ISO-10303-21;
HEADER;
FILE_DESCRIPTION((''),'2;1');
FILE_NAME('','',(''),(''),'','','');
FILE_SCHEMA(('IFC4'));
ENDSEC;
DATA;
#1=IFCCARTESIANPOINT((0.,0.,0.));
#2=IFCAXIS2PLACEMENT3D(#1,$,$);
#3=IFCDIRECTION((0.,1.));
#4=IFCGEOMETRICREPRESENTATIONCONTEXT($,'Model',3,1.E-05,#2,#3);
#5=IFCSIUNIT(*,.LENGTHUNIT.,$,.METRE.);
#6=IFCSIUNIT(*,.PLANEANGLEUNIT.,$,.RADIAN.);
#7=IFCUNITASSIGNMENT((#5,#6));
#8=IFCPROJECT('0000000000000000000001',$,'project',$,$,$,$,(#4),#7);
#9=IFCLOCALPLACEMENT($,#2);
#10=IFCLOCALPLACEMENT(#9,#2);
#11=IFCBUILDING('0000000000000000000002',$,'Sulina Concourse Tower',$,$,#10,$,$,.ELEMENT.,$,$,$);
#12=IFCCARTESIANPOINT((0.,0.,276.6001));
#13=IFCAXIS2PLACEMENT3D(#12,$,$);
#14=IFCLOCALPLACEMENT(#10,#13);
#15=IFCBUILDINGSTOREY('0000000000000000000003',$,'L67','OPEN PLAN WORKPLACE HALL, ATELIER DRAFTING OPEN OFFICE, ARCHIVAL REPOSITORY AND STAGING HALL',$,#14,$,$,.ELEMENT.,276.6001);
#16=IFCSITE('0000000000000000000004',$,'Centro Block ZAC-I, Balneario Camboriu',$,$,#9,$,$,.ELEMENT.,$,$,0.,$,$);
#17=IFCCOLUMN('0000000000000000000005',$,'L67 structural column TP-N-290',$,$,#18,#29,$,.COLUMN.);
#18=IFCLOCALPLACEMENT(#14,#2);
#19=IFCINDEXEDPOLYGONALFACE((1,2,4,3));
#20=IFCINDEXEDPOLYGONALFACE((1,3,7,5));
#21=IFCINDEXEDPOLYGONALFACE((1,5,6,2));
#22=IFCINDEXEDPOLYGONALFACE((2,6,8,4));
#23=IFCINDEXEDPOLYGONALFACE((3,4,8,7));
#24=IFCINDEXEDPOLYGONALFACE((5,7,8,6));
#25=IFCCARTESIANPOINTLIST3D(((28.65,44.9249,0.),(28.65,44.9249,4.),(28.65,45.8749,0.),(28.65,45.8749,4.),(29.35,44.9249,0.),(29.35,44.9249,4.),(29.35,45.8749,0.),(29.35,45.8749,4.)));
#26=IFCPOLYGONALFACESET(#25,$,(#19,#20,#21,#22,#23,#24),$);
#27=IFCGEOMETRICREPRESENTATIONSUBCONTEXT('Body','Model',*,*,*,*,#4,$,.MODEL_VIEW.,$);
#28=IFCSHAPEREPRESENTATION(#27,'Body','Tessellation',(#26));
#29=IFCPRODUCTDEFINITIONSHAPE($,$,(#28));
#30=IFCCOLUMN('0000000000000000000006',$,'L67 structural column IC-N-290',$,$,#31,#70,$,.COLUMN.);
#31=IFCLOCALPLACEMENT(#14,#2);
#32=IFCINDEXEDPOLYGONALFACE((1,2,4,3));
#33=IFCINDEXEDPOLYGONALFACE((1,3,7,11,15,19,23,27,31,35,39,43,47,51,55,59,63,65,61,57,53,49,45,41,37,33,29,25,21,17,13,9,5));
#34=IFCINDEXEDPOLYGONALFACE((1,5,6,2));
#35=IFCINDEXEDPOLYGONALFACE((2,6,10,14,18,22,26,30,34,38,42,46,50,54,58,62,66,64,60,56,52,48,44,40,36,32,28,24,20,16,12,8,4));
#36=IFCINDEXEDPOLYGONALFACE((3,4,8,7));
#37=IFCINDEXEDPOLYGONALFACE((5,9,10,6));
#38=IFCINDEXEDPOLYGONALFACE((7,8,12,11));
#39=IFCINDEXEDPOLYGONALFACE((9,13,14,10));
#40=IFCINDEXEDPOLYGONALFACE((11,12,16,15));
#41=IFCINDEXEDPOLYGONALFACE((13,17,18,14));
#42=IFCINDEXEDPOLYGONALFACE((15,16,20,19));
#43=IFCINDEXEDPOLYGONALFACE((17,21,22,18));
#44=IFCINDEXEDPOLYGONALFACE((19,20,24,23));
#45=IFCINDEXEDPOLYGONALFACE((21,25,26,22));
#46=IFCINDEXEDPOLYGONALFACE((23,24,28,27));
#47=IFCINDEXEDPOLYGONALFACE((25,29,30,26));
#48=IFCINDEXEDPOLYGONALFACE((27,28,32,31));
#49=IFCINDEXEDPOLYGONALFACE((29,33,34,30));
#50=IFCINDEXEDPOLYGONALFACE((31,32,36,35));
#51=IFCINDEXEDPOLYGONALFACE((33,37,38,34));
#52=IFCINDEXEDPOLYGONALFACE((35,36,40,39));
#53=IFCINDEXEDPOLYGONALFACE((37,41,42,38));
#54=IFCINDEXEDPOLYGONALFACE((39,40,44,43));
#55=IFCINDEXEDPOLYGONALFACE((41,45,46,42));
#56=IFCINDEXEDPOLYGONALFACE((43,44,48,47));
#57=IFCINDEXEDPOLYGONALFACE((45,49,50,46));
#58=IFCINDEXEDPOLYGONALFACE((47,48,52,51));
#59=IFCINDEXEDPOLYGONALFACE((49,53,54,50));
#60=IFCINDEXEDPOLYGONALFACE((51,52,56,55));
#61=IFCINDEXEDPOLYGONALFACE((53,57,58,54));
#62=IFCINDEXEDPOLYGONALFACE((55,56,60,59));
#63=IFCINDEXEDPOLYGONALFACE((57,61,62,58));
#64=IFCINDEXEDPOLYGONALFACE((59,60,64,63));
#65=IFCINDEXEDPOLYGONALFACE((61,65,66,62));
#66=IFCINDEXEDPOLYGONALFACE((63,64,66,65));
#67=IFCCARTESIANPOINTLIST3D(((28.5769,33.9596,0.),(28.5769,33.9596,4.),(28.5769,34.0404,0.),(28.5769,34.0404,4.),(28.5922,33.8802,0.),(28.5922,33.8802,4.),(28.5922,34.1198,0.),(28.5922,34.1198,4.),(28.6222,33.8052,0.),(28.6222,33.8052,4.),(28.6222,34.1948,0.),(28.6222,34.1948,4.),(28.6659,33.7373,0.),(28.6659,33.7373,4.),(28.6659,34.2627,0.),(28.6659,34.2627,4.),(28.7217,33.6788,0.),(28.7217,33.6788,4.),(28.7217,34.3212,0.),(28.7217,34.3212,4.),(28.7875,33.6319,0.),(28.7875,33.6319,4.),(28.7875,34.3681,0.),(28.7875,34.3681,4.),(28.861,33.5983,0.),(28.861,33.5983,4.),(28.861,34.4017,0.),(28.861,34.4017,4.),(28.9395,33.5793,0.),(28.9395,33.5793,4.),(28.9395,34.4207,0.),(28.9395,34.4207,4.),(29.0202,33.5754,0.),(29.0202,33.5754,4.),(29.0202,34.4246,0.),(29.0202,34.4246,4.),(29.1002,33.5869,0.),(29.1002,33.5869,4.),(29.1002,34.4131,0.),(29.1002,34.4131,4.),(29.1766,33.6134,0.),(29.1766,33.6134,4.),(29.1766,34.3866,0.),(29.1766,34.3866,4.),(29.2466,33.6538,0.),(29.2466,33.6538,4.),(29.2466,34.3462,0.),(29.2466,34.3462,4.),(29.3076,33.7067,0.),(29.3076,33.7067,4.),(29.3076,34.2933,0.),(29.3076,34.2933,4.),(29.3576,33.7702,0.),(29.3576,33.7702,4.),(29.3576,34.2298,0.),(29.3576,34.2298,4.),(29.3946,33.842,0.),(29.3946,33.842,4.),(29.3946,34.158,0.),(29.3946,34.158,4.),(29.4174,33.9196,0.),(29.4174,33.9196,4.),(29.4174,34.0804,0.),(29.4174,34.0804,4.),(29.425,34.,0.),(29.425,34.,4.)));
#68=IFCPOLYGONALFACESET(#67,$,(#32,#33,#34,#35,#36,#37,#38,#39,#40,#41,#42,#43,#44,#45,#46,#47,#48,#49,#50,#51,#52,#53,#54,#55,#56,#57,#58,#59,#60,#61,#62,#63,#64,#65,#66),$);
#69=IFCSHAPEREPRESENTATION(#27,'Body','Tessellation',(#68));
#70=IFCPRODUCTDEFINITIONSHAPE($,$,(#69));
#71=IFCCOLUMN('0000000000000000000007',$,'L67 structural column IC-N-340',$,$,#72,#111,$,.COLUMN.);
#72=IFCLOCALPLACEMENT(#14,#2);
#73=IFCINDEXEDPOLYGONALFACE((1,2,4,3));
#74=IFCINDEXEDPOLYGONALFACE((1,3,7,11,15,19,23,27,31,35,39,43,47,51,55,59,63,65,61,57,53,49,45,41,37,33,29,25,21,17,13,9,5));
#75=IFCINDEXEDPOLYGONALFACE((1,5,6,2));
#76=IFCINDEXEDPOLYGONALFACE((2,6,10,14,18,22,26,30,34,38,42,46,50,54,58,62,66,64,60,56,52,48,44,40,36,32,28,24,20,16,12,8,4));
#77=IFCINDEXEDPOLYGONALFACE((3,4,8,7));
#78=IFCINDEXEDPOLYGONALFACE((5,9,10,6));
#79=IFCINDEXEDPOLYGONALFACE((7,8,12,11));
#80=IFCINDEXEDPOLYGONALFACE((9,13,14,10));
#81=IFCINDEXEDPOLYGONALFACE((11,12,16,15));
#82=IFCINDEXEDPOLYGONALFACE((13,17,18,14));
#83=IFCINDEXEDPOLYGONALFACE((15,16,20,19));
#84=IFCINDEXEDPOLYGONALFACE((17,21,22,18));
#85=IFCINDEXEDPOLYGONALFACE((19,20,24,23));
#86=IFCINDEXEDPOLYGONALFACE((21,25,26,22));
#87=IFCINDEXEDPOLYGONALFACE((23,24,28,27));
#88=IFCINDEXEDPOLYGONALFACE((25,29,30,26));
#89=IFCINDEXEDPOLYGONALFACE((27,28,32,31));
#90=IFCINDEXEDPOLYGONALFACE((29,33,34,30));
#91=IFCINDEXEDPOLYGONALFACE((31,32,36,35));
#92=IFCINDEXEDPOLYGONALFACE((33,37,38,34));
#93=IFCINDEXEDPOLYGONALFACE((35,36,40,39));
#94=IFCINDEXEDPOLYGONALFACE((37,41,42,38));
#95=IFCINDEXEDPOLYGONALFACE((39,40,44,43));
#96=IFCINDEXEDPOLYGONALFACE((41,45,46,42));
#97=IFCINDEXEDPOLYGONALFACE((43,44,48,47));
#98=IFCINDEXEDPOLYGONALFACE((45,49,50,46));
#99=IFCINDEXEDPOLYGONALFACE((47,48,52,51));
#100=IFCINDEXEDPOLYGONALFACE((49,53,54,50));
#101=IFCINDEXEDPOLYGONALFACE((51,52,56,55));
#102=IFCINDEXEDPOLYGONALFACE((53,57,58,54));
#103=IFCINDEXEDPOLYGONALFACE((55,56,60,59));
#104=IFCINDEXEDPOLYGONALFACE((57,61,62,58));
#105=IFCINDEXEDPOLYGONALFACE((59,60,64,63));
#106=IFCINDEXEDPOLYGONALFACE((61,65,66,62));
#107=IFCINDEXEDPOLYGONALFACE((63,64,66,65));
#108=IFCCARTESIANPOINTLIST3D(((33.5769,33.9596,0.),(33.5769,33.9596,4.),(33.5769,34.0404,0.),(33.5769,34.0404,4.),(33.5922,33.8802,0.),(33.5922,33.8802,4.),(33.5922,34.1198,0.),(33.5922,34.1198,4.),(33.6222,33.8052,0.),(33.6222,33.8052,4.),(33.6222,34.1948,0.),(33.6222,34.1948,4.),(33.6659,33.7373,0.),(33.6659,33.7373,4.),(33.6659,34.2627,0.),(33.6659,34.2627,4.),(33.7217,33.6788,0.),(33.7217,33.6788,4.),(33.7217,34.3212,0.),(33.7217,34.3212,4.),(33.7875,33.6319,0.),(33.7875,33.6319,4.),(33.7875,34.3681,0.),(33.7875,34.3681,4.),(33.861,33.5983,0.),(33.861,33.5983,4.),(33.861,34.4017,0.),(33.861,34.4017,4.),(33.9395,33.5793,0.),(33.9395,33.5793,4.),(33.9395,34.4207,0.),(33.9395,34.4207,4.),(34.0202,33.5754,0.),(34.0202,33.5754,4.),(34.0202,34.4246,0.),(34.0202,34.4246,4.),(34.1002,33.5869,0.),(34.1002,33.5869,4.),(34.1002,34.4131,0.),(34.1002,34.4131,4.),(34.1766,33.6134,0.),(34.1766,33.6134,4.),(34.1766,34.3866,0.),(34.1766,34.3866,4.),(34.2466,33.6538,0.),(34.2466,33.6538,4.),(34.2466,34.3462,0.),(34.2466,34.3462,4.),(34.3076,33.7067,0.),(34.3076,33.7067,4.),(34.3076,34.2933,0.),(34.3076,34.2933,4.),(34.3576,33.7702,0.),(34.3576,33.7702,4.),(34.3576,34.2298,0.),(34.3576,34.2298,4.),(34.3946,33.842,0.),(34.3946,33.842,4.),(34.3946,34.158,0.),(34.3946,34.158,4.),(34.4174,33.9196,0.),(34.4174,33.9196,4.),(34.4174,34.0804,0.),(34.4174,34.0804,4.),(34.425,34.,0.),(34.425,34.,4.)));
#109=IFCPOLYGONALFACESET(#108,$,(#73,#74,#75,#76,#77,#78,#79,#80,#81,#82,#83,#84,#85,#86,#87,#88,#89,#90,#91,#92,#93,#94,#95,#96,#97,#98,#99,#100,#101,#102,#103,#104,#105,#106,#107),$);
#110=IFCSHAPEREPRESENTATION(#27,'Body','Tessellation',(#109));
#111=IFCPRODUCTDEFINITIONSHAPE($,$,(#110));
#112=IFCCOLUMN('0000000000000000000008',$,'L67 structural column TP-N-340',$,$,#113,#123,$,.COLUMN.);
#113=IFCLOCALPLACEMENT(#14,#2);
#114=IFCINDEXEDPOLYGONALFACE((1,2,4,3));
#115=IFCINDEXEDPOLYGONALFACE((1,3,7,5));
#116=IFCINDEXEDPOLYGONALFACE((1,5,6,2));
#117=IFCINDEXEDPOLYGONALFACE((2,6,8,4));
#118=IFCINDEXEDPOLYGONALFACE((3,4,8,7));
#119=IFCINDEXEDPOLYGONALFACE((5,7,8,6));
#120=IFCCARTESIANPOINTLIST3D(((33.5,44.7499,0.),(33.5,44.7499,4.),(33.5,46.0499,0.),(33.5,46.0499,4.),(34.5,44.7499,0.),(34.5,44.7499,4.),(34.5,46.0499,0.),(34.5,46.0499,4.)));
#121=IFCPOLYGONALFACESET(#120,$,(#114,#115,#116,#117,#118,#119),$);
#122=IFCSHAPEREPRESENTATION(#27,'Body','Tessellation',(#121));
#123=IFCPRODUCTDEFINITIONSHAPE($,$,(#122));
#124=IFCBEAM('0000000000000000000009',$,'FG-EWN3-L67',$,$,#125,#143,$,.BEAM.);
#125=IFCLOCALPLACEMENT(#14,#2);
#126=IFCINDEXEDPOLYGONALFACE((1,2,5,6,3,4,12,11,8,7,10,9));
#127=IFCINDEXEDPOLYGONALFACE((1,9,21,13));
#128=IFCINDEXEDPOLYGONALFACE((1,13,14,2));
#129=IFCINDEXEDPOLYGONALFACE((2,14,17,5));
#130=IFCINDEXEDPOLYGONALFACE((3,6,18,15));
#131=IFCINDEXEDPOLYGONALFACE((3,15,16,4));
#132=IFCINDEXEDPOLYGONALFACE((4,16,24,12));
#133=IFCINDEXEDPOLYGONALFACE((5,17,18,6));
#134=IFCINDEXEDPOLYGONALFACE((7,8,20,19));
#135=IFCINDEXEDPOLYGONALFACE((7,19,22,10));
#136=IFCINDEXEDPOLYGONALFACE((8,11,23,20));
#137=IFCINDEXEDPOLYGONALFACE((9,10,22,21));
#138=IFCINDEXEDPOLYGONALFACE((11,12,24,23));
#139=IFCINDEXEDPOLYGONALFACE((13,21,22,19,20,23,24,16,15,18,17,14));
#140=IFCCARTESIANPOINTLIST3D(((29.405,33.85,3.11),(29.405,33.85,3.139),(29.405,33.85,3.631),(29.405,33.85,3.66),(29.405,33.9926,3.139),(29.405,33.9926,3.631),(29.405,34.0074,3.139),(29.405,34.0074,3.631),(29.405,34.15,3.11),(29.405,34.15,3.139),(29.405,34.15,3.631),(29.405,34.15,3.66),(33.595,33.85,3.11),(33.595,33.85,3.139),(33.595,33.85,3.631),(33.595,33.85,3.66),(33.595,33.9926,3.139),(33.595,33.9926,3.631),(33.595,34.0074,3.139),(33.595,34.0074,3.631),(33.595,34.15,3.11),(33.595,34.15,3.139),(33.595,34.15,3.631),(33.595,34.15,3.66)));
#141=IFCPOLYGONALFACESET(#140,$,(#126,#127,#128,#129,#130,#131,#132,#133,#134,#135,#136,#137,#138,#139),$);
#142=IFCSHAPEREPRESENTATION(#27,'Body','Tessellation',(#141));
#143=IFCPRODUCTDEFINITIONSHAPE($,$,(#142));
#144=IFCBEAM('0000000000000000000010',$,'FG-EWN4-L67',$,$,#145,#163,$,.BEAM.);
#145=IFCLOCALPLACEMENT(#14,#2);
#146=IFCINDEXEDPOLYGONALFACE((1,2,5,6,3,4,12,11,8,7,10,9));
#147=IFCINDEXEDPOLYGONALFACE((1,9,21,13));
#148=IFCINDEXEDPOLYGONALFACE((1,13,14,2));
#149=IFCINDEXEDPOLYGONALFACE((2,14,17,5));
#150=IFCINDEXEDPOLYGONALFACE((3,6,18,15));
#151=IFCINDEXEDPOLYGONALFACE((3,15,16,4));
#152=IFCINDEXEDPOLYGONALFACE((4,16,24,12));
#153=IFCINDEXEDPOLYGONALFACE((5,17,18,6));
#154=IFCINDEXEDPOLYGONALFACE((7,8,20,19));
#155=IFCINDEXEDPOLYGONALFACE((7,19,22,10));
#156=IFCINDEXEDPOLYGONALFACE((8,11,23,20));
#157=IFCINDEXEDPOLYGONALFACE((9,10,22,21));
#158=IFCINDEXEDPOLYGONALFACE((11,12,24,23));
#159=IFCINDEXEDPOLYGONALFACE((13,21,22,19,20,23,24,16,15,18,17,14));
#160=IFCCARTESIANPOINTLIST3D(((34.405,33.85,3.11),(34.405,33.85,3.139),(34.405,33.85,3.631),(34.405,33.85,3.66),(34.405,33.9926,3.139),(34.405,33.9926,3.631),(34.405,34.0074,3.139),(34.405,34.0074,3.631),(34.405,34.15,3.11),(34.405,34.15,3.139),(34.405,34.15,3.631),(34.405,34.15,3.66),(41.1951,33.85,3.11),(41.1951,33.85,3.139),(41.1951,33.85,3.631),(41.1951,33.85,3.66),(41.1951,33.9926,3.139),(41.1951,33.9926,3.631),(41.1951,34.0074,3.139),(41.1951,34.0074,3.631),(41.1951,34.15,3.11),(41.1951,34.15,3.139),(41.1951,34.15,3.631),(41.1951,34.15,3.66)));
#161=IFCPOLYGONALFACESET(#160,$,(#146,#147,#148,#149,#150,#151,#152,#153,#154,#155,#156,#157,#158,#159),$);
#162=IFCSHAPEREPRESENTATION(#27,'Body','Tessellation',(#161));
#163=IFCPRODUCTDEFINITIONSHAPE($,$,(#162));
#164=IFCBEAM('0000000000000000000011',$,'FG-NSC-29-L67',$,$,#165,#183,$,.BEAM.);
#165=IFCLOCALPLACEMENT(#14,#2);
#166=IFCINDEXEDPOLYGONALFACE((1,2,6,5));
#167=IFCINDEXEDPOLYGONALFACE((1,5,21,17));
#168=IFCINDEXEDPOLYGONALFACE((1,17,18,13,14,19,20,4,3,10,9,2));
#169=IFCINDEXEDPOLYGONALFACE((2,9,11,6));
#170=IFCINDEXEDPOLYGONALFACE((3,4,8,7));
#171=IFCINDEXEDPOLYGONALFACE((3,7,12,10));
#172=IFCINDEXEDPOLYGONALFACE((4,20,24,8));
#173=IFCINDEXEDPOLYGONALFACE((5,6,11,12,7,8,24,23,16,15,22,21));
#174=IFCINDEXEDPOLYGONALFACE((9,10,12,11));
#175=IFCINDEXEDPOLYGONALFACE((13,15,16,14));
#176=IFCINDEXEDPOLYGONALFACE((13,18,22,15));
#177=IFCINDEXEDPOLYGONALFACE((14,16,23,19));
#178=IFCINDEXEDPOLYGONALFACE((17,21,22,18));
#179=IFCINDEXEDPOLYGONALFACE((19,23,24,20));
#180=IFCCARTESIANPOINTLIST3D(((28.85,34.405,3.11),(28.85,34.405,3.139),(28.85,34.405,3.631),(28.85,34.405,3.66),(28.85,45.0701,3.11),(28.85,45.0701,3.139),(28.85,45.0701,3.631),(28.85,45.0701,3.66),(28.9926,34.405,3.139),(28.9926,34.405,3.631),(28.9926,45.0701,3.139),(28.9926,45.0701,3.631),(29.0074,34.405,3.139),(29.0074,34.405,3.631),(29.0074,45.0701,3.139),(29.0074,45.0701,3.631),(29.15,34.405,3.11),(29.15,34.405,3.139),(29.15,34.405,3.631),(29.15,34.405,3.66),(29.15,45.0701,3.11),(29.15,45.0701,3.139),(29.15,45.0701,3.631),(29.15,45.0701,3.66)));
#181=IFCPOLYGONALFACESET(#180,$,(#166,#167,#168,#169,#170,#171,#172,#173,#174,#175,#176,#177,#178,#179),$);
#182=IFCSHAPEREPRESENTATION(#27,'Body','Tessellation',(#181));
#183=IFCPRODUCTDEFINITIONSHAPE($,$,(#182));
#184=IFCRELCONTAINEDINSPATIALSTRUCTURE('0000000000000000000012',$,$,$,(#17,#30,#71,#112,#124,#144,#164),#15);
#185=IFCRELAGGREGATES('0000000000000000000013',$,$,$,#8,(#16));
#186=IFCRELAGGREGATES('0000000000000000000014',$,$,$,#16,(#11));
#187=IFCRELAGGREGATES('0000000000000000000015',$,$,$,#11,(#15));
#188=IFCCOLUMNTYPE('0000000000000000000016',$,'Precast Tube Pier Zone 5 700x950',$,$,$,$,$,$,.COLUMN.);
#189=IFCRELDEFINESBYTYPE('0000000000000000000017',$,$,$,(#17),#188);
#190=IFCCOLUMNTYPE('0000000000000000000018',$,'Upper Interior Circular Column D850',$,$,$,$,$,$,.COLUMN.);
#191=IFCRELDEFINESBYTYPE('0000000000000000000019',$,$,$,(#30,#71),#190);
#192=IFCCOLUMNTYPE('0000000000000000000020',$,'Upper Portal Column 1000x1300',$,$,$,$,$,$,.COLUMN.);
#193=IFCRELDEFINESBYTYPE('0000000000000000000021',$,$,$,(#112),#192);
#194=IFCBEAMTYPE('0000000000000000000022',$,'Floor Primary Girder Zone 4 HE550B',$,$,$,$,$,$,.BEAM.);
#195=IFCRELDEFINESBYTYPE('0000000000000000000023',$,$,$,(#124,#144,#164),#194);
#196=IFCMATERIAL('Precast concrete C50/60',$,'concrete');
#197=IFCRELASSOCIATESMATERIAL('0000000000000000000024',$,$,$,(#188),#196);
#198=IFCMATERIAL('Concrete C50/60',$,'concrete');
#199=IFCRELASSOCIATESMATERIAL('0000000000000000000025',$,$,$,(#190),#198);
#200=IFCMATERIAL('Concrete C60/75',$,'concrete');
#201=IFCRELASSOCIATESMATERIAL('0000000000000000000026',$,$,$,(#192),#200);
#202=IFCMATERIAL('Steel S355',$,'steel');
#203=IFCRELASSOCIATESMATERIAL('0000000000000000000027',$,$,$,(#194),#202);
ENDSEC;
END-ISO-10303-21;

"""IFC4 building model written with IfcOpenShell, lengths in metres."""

from ifc_helpers import new_model, si_unit, direction, frame, origin, origin_2d, place, context, subcontext, project, spatial, rectangle, circle, i_section, extrude, material, material_profile, profile_set, type_object, element, save


model = new_model("IFC4")

# Units and contexts
model_context = context("Model", 3, precision=1e-05, world=origin(), true_north=direction((0.0, 1.0)))
body_context = subcontext(model_context, "Body", "Model", "MODEL_VIEW")
ifc_project = project(units=[si_unit("LENGTHUNIT", "METRE"), si_unit("PLANEANGLEUNIT", "RADIAN")], contexts=[model_context])

# Site, building, storey
site_placement = place(None, origin())
site = spatial("IfcSite", under=ifc_project, at=site_placement, Name="Centro Block ZAC-I, Balneario Camboriu", CompositionType="ELEMENT", RefElevation=0.0)
building_placement = place(site_placement, origin())
building = spatial("IfcBuilding", under=site, at=building_placement, Name="Sulina Concourse Tower", CompositionType="ELEMENT")
storey_placement = place(building_placement, frame((0.0, 0.0, 276.6001)))
storey = spatial("IfcBuildingStorey", under=building, at=storey_placement, Name="L67", Description="OPEN PLAN WORKPLACE HALL, ATELIER DRAFTING OPEN OFFICE, ARCHIVAL REPOSITORY AND STAGING HALL", CompositionType="ELEMENT", Elevation=276.6001)

# Columns
ifc_material_1 = material(Name="Precast concrete C50/60", Category="concrete")
ifc_material_profile_1 = material_profile(ifc_material_1, rectangle(XDim=0.7, YDim=0.95, at=origin_2d()), Name="PC 700x950")
ifc_profile_set_1 = profile_set([ifc_material_profile_1], Name="Precast concrete C50/60")
column_type_1 = type_object("IfcColumnType", Name="Precast Tube Pier Zone 5 700x950", PredefinedType="COLUMN", material=ifc_profile_set_1)
column_1_placement = place(storey_placement, frame((29.0, 45.3999, 0.0), z_axis=(0.0, 0.0, 1.0), x_axis=(1.0, 0.0, 0.0)))
element("IfcColumn", 1, at=column_1_placement, inside=storey, type_object=column_type_1, Name="L67 structural column TP-N-290", PredefinedType="COLUMN", context=body_context, shape_type="SweptSolid", body=[
    extrude(rectangle(XDim=0.7, YDim=0.95, at=origin_2d()), origin(), (0.0, 0.0, 1.0), 4.0),
])
ifc_material_2 = material(Name="Concrete C50/60", Category="concrete")
ifc_material_profile_2 = material_profile(ifc_material_2, circle(Radius=0.425, at=origin_2d()), Name="RC D850")
ifc_profile_set_2 = profile_set([ifc_material_profile_2], Name="Concrete C50/60")
column_type_2 = type_object("IfcColumnType", Name="Upper Interior Circular Column D850", PredefinedType="COLUMN", material=ifc_profile_set_2)
for number, where, z_axis, x_axis, name in (
    (2, (29.0, 34.0, 0.0), (0.0, 0.0, 1.0), (1.0, 0.0, 0.0), "L67 structural column IC-N-290"),
    (3, (34.0, 34.0, 0.0), (0.0, 0.0, 1.0), (1.0, 0.0, 0.0), "L67 structural column IC-N-340"),
):
    element("IfcColumn", number, at=place(storey_placement, frame(where, z_axis=z_axis, x_axis=x_axis)), inside=storey, type_object=column_type_2, Name=name, PredefinedType="COLUMN", context=body_context, shape_type="SweptSolid", body=[
        extrude(circle(Radius=0.425, at=origin_2d()), origin(), (0.0, 0.0, 1.0), 4.0),
    ])
ifc_material_3 = material(Name="Concrete C60/75", Category="concrete")
ifc_material_profile_3 = material_profile(ifc_material_3, rectangle(XDim=1.0, YDim=1.3, at=origin_2d()), Name="RC 1000x1300")
ifc_profile_set_3 = profile_set([ifc_material_profile_3], Name="Concrete C60/75")
column_type_3 = type_object("IfcColumnType", Name="Upper Portal Column 1000x1300", PredefinedType="COLUMN", material=ifc_profile_set_3)
column_2_placement = place(storey_placement, frame((34.0, 45.3999, 0.0), z_axis=(0.0, 0.0, 1.0), x_axis=(1.0, 0.0, 0.0)))
element("IfcColumn", 4, at=column_2_placement, inside=storey, type_object=column_type_3, Name="L67 structural column TP-N-340", PredefinedType="COLUMN", context=body_context, shape_type="SweptSolid", body=[
    extrude(rectangle(XDim=1.0, YDim=1.3, at=origin_2d()), origin(), (0.0, 0.0, 1.0), 4.0),
])

# Beams
ifc_material_4 = material(Name="Steel S355", Category="steel")
ifc_material_profile_4 = material_profile(ifc_material_4, i_section(OverallWidth=0.3, OverallDepth=0.55, WebThickness=0.0149, FlangeThickness=0.0291, at=origin_2d()), Name="HE 550 B")
ifc_profile_set_4 = profile_set([ifc_material_profile_4], Name="Steel S355")
beam_type_1 = type_object("IfcBeamType", Name="Floor Primary Girder Zone 4 HE550B", PredefinedType="BEAM", material=ifc_profile_set_4)
beam_1_placement = place(storey_placement, frame((29.405, 34.0, 3.385), z_axis=(1.0, 0.0, 0.0), x_axis=(0.0, 1.0, 0.0)))
element("IfcBeam", 5, at=beam_1_placement, inside=storey, type_object=beam_type_1, Name="FG-EWN3-L67", PredefinedType="BEAM", context=body_context, shape_type="SweptSolid", body=[
    extrude(i_section(OverallWidth=0.3, OverallDepth=0.55, WebThickness=0.0149, FlangeThickness=0.0291, at=origin_2d()), origin(), (0.0, 0.0, 1.0), 4.1899),
])
beam_2_placement = place(storey_placement, frame((34.405, 34.0, 3.385), z_axis=(1.0, 0.0, 0.0), x_axis=(0.0, 1.0, 0.0)))
element("IfcBeam", 6, at=beam_2_placement, inside=storey, type_object=beam_type_1, Name="FG-EWN4-L67", PredefinedType="BEAM", context=body_context, shape_type="SweptSolid", body=[
    extrude(i_section(OverallWidth=0.3, OverallDepth=0.55, WebThickness=0.0149, FlangeThickness=0.0291, at=origin_2d()), origin(), (0.0, 0.0, 1.0), 6.79),
])
beam_3_placement = place(storey_placement, frame((29.0, 34.405, 3.385), z_axis=(0.0, 1.0, 0.0), x_axis=(-1.0, 0.0, 0.0)))
element("IfcBeam", 7, at=beam_3_placement, inside=storey, type_object=beam_type_1, Name="FG-NSC-29-L67", PredefinedType="BEAM", context=body_context, shape_type="SweptSolid", body=[
    extrude(i_section(OverallWidth=0.3, OverallDepth=0.55, WebThickness=0.0149, FlangeThickness=0.0291, at=origin_2d()), origin(), (0.0, 0.0, 1.0), 10.665),
])

save(model, "model.ifc")
